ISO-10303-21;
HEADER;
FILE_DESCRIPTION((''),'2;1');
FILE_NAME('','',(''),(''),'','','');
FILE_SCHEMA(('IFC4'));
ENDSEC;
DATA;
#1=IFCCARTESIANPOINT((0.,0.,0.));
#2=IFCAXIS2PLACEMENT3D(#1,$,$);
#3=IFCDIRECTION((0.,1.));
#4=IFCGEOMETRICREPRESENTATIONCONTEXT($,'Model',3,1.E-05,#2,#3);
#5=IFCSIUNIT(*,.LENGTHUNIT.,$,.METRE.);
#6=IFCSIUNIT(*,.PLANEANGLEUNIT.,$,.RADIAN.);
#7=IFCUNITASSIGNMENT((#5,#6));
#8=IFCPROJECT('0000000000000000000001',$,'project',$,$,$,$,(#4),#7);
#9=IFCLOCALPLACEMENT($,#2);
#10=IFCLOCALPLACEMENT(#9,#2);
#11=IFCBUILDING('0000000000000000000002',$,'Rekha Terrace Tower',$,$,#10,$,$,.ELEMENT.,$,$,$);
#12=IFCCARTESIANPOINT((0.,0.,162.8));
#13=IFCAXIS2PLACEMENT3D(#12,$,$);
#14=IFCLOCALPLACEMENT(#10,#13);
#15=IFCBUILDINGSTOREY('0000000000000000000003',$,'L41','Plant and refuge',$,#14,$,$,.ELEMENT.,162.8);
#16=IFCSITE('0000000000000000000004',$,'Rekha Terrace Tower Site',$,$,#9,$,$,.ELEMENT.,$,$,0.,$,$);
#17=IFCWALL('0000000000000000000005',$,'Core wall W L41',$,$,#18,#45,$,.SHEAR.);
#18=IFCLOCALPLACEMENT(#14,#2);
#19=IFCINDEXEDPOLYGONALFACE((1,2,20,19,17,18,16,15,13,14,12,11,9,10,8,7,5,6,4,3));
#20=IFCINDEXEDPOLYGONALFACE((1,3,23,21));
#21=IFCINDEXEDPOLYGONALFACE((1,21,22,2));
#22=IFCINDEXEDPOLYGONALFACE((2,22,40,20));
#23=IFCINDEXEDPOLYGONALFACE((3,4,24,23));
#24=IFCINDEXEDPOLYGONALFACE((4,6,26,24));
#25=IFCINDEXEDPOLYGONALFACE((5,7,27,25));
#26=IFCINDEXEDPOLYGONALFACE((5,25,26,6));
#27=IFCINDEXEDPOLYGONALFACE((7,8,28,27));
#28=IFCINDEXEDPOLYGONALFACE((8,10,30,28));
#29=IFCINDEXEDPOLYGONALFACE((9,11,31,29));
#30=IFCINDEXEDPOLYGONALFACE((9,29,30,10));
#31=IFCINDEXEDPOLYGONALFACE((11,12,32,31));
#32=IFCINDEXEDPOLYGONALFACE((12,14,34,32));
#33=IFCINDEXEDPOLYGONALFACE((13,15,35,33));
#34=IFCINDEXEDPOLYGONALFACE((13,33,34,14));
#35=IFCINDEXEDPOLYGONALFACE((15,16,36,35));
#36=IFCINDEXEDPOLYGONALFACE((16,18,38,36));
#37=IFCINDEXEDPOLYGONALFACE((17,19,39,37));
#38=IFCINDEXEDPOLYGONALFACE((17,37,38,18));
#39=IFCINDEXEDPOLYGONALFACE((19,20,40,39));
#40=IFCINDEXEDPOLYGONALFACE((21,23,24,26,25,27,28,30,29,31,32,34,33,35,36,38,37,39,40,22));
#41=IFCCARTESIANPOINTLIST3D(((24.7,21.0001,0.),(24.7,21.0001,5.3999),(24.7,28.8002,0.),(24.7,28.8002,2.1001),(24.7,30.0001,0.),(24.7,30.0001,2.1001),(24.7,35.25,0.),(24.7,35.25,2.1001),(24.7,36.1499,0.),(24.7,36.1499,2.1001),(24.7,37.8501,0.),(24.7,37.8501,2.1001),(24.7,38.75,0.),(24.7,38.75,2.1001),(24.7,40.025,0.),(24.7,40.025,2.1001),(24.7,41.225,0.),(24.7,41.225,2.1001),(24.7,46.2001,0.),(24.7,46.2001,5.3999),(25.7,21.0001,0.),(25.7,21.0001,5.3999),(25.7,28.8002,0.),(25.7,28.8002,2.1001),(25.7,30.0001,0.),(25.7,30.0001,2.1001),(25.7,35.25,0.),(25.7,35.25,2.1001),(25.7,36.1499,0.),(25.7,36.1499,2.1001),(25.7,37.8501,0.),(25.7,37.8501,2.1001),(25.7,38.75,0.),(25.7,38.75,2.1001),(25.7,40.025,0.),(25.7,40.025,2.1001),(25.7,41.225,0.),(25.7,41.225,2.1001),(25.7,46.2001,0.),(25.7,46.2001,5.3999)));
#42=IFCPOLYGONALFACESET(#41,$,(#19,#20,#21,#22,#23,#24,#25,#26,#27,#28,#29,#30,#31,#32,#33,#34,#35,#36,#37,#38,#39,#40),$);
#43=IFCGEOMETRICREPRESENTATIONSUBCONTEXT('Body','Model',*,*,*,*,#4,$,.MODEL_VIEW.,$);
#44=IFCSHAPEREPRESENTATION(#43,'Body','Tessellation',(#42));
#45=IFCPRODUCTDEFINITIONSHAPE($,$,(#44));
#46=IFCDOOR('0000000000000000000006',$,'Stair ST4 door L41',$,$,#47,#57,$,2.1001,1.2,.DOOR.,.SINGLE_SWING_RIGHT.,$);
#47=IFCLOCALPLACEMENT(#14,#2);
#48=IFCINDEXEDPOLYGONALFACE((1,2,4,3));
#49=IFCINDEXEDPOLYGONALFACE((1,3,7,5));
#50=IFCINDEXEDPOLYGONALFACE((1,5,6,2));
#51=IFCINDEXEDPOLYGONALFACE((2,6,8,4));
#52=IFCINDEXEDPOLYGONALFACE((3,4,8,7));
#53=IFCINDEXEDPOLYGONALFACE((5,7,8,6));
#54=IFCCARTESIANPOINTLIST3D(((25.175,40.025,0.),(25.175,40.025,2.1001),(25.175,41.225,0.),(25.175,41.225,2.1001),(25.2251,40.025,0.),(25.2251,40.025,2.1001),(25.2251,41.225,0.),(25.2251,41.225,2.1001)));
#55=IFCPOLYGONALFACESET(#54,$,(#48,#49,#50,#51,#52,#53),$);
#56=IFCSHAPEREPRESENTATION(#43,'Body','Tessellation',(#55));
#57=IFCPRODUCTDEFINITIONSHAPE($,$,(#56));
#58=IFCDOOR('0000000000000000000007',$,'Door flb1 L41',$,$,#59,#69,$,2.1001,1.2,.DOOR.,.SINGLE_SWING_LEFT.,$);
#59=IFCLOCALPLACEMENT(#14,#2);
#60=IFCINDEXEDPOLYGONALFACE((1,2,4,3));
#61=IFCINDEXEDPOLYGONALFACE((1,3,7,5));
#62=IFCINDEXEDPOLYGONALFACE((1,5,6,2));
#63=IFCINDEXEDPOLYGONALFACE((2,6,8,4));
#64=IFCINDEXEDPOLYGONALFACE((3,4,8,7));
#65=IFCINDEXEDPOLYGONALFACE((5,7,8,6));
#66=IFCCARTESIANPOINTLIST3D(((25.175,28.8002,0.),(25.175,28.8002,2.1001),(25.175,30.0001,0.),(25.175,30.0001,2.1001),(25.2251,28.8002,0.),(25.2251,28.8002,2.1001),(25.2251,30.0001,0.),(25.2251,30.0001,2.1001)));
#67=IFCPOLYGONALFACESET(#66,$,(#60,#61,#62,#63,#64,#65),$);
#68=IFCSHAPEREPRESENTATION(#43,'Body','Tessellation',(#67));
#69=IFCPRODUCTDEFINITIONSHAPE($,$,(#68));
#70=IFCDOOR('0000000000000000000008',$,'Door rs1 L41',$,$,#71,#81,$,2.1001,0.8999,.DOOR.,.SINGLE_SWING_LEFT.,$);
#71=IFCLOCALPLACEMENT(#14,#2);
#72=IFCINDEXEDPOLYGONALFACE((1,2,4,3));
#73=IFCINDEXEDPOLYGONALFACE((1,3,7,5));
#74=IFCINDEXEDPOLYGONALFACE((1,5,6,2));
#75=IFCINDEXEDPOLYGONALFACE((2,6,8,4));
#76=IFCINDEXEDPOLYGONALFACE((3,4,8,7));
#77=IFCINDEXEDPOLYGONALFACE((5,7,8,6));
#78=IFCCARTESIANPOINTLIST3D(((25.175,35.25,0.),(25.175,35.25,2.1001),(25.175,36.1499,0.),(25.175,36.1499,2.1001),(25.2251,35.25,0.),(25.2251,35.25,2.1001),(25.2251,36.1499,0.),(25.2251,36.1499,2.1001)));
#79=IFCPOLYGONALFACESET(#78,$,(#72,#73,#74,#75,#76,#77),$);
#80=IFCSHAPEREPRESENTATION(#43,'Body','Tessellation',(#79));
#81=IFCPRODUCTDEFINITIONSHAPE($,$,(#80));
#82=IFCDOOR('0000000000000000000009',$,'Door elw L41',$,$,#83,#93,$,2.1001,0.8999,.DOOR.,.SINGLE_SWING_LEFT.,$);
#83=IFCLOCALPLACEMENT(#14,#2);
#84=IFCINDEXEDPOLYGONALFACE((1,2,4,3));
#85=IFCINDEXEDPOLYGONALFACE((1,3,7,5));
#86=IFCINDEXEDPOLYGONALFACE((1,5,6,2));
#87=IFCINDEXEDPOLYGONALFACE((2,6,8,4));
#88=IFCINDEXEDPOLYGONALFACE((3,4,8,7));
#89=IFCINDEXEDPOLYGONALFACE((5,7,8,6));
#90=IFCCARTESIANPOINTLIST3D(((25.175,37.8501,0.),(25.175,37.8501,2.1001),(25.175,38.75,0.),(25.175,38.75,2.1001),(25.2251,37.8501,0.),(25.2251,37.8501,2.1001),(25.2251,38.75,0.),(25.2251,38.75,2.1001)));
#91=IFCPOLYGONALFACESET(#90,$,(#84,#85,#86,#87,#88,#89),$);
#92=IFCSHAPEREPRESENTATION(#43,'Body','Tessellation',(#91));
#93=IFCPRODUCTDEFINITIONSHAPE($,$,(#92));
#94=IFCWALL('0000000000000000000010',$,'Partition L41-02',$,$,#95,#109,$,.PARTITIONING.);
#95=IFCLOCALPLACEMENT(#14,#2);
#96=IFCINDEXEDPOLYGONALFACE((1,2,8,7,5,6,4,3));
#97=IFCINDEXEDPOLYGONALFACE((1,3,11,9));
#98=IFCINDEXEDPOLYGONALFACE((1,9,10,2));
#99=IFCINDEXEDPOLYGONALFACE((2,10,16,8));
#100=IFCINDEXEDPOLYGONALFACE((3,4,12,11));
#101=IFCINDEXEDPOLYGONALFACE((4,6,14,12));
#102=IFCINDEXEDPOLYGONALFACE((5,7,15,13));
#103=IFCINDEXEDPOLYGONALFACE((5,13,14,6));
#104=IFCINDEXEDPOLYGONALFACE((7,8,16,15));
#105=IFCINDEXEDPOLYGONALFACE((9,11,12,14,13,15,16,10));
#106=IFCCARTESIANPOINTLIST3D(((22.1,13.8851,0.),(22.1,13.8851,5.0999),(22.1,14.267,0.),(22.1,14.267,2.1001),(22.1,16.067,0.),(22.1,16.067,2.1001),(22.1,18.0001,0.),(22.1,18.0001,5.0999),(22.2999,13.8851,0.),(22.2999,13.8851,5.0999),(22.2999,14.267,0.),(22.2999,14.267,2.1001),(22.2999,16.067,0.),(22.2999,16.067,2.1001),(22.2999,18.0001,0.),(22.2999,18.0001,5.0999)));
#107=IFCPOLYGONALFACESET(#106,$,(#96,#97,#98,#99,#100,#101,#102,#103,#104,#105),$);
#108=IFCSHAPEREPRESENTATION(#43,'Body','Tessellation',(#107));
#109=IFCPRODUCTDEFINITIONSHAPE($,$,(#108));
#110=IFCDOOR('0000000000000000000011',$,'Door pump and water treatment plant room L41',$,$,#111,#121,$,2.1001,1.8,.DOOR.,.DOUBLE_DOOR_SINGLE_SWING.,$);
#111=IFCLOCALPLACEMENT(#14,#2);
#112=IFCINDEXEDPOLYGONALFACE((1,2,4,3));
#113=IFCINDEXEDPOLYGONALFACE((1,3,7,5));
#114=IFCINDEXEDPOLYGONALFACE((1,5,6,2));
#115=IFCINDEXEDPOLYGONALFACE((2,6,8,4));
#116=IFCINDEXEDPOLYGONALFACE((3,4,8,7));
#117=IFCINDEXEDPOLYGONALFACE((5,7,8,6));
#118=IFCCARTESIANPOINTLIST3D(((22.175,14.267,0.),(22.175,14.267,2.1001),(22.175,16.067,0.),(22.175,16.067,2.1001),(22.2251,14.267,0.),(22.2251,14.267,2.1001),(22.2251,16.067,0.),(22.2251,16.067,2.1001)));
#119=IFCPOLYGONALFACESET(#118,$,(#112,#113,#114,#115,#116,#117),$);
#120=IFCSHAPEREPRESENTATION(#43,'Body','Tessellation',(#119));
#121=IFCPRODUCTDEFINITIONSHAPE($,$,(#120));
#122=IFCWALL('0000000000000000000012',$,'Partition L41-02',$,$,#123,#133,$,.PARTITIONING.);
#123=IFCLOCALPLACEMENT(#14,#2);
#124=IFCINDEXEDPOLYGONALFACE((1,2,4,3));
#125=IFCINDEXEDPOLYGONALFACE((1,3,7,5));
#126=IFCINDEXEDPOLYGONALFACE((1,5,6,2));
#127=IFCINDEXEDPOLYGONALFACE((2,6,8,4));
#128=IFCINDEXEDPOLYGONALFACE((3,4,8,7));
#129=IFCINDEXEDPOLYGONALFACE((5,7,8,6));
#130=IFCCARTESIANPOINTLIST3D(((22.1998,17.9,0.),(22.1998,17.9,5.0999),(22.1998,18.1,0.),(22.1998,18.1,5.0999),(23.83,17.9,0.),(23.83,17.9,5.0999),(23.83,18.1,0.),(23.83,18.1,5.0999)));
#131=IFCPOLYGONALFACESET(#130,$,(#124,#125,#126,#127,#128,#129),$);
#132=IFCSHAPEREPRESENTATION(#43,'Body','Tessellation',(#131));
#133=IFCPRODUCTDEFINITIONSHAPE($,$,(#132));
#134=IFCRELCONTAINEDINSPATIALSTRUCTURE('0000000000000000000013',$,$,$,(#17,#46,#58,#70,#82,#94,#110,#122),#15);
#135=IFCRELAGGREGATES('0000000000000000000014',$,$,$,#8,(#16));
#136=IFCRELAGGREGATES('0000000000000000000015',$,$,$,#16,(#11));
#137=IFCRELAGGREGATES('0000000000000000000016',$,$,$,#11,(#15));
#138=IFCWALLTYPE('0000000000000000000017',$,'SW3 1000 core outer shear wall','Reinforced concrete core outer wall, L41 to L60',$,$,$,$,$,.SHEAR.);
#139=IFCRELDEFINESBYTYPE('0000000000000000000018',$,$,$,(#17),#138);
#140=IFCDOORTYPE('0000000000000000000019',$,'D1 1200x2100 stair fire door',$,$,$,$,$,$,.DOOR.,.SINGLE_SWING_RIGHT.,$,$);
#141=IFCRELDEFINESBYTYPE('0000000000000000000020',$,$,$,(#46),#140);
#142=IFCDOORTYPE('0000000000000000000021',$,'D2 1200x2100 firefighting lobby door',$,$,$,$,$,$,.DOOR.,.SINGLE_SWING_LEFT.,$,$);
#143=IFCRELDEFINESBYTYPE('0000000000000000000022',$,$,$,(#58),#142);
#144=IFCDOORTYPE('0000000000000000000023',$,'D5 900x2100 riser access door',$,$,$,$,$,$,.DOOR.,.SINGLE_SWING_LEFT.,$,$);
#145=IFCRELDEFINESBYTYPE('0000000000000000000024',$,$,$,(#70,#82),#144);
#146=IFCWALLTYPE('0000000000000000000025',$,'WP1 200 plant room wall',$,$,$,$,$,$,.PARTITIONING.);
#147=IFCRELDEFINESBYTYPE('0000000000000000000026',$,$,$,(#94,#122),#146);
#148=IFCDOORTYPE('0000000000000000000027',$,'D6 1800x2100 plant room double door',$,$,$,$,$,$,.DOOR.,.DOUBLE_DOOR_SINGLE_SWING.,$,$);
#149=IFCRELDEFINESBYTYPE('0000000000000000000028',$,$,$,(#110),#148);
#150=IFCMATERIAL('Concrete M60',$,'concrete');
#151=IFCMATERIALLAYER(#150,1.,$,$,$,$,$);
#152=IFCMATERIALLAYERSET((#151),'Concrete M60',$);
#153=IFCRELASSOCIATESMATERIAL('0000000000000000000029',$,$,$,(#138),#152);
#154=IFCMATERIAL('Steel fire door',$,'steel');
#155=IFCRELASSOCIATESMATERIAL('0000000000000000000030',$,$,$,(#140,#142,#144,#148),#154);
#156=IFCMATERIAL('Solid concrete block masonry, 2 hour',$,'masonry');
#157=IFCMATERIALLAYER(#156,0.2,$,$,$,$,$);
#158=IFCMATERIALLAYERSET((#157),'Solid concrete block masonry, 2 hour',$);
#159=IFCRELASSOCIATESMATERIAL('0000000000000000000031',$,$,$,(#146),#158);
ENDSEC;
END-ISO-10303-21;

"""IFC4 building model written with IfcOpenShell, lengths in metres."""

from ifc_helpers import new_model, si_unit, direction, frame, frame_2d, origin, place, context, subcontext, project, spatial, rectangle, extrude, material, layer, layer_set, type_object, element, fill, save


model = new_model("IFC4")

# Units and contexts
model_context = context("Model", 3, precision=1e-05, world=origin(), true_north=direction((0.0, 1.0)))
body_context = subcontext(model_context, "Body", "Model", "MODEL_VIEW")
ifc_project = project(units=[si_unit("LENGTHUNIT", "METRE"), si_unit("PLANEANGLEUNIT", "RADIAN")], contexts=[model_context])

# Site, building, storey
site_placement = place(None, origin())
site = spatial("IfcSite", under=ifc_project, at=site_placement, Name="Rekha Terrace Tower Site", CompositionType="ELEMENT", RefElevation=0.0)
building_placement = place(site_placement, origin())
building = spatial("IfcBuilding", under=site, at=building_placement, Name="Rekha Terrace Tower", CompositionType="ELEMENT")
storey_placement = place(building_placement, frame((0.0, 0.0, 162.8)))
storey = spatial("IfcBuildingStorey", under=building, at=storey_placement, Name="L41", Description="Plant and refuge", CompositionType="ELEMENT", Elevation=162.8)

# Shared definitions
ifc_material_1 = material(Name="Concrete M60", Category="concrete")
ifc_layer_1 = layer(ifc_material_1, 1.0)
ifc_layer_set_1 = layer_set([ifc_layer_1], Name="Concrete M60")
wall_type_1 = type_object("IfcWallType", Name="SW3 1000 core outer shear wall", Description="Reinforced concrete core outer wall, L41 to L60", PredefinedType="SHEAR", material=ifc_layer_set_1)

# Wall, openings, doors
wall_1_placement = place(storey_placement, frame((25.2, 21.0, 0.0), z_axis=(0.0, 0.0, 1.0), x_axis=(0.0, 1.0, 0.0)))
wall_1 = element("IfcWall", 1, at=wall_1_placement, inside=storey, type_object=wall_type_1, Name="Core wall W L41", PredefinedType="SHEAR", context=body_context, shape_type="SweptSolid", body=[
    extrude(rectangle(XDim=25.2, YDim=1.0, at=frame_2d((12.6001, 0.0))), origin(), (0.0, 0.0, 1.0), 5.3999),
])
opening_1_placement = place(wall_1_placement, frame((7.8, 0.0, 0.0)))
opening_1 = element("IfcOpeningElement", 2, at=opening_1_placement, cuts=wall_1, PredefinedType="OPENING", context=body_context, shape_type="SweptSolid", body=[
    extrude(rectangle(XDim=1.2, YDim=2.1001, at=frame_2d((0.6001, 1.05))), frame((0.0, 0.51, 0.0), z_axis=(0.0, -1.0, 0.0), x_axis=(1.0, 0.0, 0.0)), (0.0, 0.0, 1.0), 1.02),
])
opening_2_placement = place(wall_1_placement, frame((14.25, 0.0, 0.0)))
opening_2 = element("IfcOpeningElement", 3, at=opening_2_placement, cuts=wall_1, PredefinedType="OPENING", context=body_context, shape_type="SweptSolid", body=[
    extrude(rectangle(XDim=0.8999, YDim=2.1001, at=frame_2d((0.45, 1.05))), frame((0.0, 0.51, 0.0), z_axis=(0.0, -1.0, 0.0), x_axis=(1.0, 0.0, 0.0)), (0.0, 0.0, 1.0), 1.02),
])
opening_3_placement = place(wall_1_placement, frame((16.8501, 0.0, 0.0)))
opening_3 = element("IfcOpeningElement", 4, at=opening_3_placement, cuts=wall_1, PredefinedType="OPENING", context=body_context, shape_type="SweptSolid", body=[
    extrude(rectangle(XDim=0.8999, YDim=2.1001, at=frame_2d((0.45, 1.05))), frame((0.0, 0.51, 0.0), z_axis=(0.0, -1.0, 0.0), x_axis=(1.0, 0.0, 0.0)), (0.0, 0.0, 1.0), 1.02),
])
opening_4_placement = place(wall_1_placement, frame((19.0249, 0.0, 0.0)))
opening_4 = element("IfcOpeningElement", 5, at=opening_4_placement, cuts=wall_1, PredefinedType="OPENING", context=body_context, shape_type="SweptSolid", body=[
    extrude(rectangle(XDim=1.2, YDim=2.1001, at=frame_2d((0.6001, 1.05))), frame((0.0, 0.51, 0.0), z_axis=(0.0, -1.0, 0.0), x_axis=(1.0, 0.0, 0.0)), (0.0, 0.0, 1.0), 1.02),
])
ifc_material_2 = material(Name="Steel fire door", Category="steel")
door_type_1 = type_object("IfcDoorType", Name="D1 1200x2100 stair fire door", OperationType="SINGLE_SWING_RIGHT", PredefinedType="DOOR", material=ifc_material_2)
door_1_placement = place(opening_4_placement, origin())
door_1 = element("IfcDoor", 6, at=door_1_placement, inside=storey, type_object=door_type_1, Name="Stair ST4 door L41", OperationType="SINGLE_SWING_RIGHT", OverallHeight=2.1001, OverallWidth=1.2, PredefinedType="DOOR", context=body_context, shape_type="SweptSolid", body=[
    extrude(rectangle(XDim=1.2, YDim=2.1001, at=frame_2d((0.6001, 1.05))), frame((0.0, 0.0249, 0.0), z_axis=(0.0, -1.0, 0.0), x_axis=(1.0, 0.0, 0.0)), (0.0, 0.0, 1.0), 0.05),
])
fill(opening_4, door_1)
door_type_2 = type_object("IfcDoorType", Name="D2 1200x2100 firefighting lobby door", OperationType="SINGLE_SWING_LEFT", PredefinedType="DOOR", material=ifc_material_2)
door_2_placement = place(opening_1_placement, origin())
door_2 = element("IfcDoor", 7, at=door_2_placement, inside=storey, type_object=door_type_2, Name="Door flb1 L41", OperationType="SINGLE_SWING_LEFT", OverallHeight=2.1001, OverallWidth=1.2, PredefinedType="DOOR", context=body_context, shape_type="SweptSolid", body=[
    extrude(rectangle(XDim=1.2, YDim=2.1001, at=frame_2d((0.6001, 1.05))), frame((0.0, 0.0249, 0.0), z_axis=(0.0, -1.0, 0.0), x_axis=(1.0, 0.0, 0.0)), (0.0, 0.0, 1.0), 0.05),
])
fill(opening_1, door_2)
door_type_3 = type_object("IfcDoorType", Name="D5 900x2100 riser access door", OperationType="SINGLE_SWING_LEFT", PredefinedType="DOOR", material=ifc_material_2)
door_3_placement = place(opening_2_placement, origin())
door_3 = element("IfcDoor", 8, at=door_3_placement, inside=storey, type_object=door_type_3, Name="Door rs1 L41", OperationType="SINGLE_SWING_LEFT", OverallHeight=2.1001, OverallWidth=0.8999, PredefinedType="DOOR", context=body_context, shape_type="SweptSolid", body=[
    extrude(rectangle(XDim=0.8999, YDim=2.1001, at=frame_2d((0.45, 1.05))), frame((0.0, 0.0249, 0.0), z_axis=(0.0, -1.0, 0.0), x_axis=(1.0, 0.0, 0.0)), (0.0, 0.0, 1.0), 0.05),
])
fill(opening_2, door_3)
door_4_placement = place(opening_3_placement, origin())
door_4 = element("IfcDoor", 9, at=door_4_placement, inside=storey, type_object=door_type_3, Name="Door elw L41", OperationType="SINGLE_SWING_LEFT", OverallHeight=2.1001, OverallWidth=0.8999, PredefinedType="DOOR", context=body_context, shape_type="SweptSolid", body=[
    extrude(rectangle(XDim=0.8999, YDim=2.1001, at=frame_2d((0.45, 1.05))), frame((0.0, 0.0249, 0.0), z_axis=(0.0, -1.0, 0.0), x_axis=(1.0, 0.0, 0.0)), (0.0, 0.0, 1.0), 0.05),
])
fill(opening_3, door_4)

# Wall, opening, door
ifc_material_3 = material(Name="Solid concrete block masonry, 2 hour", Category="masonry")
ifc_layer_2 = layer(ifc_material_3, 0.2)
ifc_layer_set_2 = layer_set([ifc_layer_2], Name="Solid concrete block masonry, 2 hour")
wall_type_2 = type_object("IfcWallType", Name="WP1 200 plant room wall", PredefinedType="PARTITIONING", material=ifc_layer_set_2)
wall_2_placement = place(storey_placement, frame((22.2, 13.885, 0.0), z_axis=(0.0, 0.0, 1.0), x_axis=(0.0, 1.0, 0.0)))
wall_2 = element("IfcWall", 10, at=wall_2_placement, inside=storey, type_object=wall_type_2, Name="Partition L41-02", PredefinedType="PARTITIONING", context=body_context, shape_type="SweptSolid", body=[
    extrude(rectangle(XDim=4.115, YDim=0.2, at=frame_2d((2.0576, 0.0))), origin(), (0.0, 0.0, 1.0), 5.0999),
])
opening_5_placement = place(wall_2_placement, frame((0.3821, 0.0, 0.0)))
opening_5 = element("IfcOpeningElement", 11, at=opening_5_placement, cuts=wall_2, PredefinedType="OPENING", context=body_context, shape_type="SweptSolid", body=[
    extrude(rectangle(XDim=1.8, YDim=2.1001, at=frame_2d((0.8999, 1.05))), frame((0.0, 0.1099, 0.0), z_axis=(0.0, -1.0, 0.0), x_axis=(1.0, 0.0, 0.0)), (0.0, 0.0, 1.0), 0.22),
])
door_type_4 = type_object("IfcDoorType", Name="D6 1800x2100 plant room double door", OperationType="DOUBLE_DOOR_SINGLE_SWING", PredefinedType="DOOR", material=ifc_material_2)
door_5_placement = place(opening_5_placement, origin())
door_5 = element("IfcDoor", 12, at=door_5_placement, inside=storey, type_object=door_type_4, Name="Door pump and water treatment plant room L41", OperationType="DOUBLE_DOOR_SINGLE_SWING", OverallHeight=2.1001, OverallWidth=1.8, PredefinedType="DOOR", context=body_context, shape_type="SweptSolid", body=[
    extrude(rectangle(XDim=1.8, YDim=2.1001, at=frame_2d((0.8999, 1.05))), frame((0.0, 0.0249, 0.0), z_axis=(0.0, -1.0, 0.0), x_axis=(1.0, 0.0, 0.0)), (0.0, 0.0, 1.0), 0.05),
])
fill(opening_5, door_5)

# Wall
wall_3_placement = place(storey_placement, frame((22.2, 18.0, 0.0), z_axis=(0.0, 0.0, 1.0), x_axis=(1.0, 0.0, 0.0)))
element("IfcWall", 13, at=wall_3_placement, inside=storey, type_object=wall_type_2, Name="Partition L41-02", PredefinedType="PARTITIONING", context=body_context, shape_type="SweptSolid", body=[
    extrude(rectangle(XDim=1.6301, YDim=0.2, at=frame_2d((0.8149, 0.0))), origin(), (0.0, 0.0, 1.0), 5.0999),
])

save(model, "model.ifc")
